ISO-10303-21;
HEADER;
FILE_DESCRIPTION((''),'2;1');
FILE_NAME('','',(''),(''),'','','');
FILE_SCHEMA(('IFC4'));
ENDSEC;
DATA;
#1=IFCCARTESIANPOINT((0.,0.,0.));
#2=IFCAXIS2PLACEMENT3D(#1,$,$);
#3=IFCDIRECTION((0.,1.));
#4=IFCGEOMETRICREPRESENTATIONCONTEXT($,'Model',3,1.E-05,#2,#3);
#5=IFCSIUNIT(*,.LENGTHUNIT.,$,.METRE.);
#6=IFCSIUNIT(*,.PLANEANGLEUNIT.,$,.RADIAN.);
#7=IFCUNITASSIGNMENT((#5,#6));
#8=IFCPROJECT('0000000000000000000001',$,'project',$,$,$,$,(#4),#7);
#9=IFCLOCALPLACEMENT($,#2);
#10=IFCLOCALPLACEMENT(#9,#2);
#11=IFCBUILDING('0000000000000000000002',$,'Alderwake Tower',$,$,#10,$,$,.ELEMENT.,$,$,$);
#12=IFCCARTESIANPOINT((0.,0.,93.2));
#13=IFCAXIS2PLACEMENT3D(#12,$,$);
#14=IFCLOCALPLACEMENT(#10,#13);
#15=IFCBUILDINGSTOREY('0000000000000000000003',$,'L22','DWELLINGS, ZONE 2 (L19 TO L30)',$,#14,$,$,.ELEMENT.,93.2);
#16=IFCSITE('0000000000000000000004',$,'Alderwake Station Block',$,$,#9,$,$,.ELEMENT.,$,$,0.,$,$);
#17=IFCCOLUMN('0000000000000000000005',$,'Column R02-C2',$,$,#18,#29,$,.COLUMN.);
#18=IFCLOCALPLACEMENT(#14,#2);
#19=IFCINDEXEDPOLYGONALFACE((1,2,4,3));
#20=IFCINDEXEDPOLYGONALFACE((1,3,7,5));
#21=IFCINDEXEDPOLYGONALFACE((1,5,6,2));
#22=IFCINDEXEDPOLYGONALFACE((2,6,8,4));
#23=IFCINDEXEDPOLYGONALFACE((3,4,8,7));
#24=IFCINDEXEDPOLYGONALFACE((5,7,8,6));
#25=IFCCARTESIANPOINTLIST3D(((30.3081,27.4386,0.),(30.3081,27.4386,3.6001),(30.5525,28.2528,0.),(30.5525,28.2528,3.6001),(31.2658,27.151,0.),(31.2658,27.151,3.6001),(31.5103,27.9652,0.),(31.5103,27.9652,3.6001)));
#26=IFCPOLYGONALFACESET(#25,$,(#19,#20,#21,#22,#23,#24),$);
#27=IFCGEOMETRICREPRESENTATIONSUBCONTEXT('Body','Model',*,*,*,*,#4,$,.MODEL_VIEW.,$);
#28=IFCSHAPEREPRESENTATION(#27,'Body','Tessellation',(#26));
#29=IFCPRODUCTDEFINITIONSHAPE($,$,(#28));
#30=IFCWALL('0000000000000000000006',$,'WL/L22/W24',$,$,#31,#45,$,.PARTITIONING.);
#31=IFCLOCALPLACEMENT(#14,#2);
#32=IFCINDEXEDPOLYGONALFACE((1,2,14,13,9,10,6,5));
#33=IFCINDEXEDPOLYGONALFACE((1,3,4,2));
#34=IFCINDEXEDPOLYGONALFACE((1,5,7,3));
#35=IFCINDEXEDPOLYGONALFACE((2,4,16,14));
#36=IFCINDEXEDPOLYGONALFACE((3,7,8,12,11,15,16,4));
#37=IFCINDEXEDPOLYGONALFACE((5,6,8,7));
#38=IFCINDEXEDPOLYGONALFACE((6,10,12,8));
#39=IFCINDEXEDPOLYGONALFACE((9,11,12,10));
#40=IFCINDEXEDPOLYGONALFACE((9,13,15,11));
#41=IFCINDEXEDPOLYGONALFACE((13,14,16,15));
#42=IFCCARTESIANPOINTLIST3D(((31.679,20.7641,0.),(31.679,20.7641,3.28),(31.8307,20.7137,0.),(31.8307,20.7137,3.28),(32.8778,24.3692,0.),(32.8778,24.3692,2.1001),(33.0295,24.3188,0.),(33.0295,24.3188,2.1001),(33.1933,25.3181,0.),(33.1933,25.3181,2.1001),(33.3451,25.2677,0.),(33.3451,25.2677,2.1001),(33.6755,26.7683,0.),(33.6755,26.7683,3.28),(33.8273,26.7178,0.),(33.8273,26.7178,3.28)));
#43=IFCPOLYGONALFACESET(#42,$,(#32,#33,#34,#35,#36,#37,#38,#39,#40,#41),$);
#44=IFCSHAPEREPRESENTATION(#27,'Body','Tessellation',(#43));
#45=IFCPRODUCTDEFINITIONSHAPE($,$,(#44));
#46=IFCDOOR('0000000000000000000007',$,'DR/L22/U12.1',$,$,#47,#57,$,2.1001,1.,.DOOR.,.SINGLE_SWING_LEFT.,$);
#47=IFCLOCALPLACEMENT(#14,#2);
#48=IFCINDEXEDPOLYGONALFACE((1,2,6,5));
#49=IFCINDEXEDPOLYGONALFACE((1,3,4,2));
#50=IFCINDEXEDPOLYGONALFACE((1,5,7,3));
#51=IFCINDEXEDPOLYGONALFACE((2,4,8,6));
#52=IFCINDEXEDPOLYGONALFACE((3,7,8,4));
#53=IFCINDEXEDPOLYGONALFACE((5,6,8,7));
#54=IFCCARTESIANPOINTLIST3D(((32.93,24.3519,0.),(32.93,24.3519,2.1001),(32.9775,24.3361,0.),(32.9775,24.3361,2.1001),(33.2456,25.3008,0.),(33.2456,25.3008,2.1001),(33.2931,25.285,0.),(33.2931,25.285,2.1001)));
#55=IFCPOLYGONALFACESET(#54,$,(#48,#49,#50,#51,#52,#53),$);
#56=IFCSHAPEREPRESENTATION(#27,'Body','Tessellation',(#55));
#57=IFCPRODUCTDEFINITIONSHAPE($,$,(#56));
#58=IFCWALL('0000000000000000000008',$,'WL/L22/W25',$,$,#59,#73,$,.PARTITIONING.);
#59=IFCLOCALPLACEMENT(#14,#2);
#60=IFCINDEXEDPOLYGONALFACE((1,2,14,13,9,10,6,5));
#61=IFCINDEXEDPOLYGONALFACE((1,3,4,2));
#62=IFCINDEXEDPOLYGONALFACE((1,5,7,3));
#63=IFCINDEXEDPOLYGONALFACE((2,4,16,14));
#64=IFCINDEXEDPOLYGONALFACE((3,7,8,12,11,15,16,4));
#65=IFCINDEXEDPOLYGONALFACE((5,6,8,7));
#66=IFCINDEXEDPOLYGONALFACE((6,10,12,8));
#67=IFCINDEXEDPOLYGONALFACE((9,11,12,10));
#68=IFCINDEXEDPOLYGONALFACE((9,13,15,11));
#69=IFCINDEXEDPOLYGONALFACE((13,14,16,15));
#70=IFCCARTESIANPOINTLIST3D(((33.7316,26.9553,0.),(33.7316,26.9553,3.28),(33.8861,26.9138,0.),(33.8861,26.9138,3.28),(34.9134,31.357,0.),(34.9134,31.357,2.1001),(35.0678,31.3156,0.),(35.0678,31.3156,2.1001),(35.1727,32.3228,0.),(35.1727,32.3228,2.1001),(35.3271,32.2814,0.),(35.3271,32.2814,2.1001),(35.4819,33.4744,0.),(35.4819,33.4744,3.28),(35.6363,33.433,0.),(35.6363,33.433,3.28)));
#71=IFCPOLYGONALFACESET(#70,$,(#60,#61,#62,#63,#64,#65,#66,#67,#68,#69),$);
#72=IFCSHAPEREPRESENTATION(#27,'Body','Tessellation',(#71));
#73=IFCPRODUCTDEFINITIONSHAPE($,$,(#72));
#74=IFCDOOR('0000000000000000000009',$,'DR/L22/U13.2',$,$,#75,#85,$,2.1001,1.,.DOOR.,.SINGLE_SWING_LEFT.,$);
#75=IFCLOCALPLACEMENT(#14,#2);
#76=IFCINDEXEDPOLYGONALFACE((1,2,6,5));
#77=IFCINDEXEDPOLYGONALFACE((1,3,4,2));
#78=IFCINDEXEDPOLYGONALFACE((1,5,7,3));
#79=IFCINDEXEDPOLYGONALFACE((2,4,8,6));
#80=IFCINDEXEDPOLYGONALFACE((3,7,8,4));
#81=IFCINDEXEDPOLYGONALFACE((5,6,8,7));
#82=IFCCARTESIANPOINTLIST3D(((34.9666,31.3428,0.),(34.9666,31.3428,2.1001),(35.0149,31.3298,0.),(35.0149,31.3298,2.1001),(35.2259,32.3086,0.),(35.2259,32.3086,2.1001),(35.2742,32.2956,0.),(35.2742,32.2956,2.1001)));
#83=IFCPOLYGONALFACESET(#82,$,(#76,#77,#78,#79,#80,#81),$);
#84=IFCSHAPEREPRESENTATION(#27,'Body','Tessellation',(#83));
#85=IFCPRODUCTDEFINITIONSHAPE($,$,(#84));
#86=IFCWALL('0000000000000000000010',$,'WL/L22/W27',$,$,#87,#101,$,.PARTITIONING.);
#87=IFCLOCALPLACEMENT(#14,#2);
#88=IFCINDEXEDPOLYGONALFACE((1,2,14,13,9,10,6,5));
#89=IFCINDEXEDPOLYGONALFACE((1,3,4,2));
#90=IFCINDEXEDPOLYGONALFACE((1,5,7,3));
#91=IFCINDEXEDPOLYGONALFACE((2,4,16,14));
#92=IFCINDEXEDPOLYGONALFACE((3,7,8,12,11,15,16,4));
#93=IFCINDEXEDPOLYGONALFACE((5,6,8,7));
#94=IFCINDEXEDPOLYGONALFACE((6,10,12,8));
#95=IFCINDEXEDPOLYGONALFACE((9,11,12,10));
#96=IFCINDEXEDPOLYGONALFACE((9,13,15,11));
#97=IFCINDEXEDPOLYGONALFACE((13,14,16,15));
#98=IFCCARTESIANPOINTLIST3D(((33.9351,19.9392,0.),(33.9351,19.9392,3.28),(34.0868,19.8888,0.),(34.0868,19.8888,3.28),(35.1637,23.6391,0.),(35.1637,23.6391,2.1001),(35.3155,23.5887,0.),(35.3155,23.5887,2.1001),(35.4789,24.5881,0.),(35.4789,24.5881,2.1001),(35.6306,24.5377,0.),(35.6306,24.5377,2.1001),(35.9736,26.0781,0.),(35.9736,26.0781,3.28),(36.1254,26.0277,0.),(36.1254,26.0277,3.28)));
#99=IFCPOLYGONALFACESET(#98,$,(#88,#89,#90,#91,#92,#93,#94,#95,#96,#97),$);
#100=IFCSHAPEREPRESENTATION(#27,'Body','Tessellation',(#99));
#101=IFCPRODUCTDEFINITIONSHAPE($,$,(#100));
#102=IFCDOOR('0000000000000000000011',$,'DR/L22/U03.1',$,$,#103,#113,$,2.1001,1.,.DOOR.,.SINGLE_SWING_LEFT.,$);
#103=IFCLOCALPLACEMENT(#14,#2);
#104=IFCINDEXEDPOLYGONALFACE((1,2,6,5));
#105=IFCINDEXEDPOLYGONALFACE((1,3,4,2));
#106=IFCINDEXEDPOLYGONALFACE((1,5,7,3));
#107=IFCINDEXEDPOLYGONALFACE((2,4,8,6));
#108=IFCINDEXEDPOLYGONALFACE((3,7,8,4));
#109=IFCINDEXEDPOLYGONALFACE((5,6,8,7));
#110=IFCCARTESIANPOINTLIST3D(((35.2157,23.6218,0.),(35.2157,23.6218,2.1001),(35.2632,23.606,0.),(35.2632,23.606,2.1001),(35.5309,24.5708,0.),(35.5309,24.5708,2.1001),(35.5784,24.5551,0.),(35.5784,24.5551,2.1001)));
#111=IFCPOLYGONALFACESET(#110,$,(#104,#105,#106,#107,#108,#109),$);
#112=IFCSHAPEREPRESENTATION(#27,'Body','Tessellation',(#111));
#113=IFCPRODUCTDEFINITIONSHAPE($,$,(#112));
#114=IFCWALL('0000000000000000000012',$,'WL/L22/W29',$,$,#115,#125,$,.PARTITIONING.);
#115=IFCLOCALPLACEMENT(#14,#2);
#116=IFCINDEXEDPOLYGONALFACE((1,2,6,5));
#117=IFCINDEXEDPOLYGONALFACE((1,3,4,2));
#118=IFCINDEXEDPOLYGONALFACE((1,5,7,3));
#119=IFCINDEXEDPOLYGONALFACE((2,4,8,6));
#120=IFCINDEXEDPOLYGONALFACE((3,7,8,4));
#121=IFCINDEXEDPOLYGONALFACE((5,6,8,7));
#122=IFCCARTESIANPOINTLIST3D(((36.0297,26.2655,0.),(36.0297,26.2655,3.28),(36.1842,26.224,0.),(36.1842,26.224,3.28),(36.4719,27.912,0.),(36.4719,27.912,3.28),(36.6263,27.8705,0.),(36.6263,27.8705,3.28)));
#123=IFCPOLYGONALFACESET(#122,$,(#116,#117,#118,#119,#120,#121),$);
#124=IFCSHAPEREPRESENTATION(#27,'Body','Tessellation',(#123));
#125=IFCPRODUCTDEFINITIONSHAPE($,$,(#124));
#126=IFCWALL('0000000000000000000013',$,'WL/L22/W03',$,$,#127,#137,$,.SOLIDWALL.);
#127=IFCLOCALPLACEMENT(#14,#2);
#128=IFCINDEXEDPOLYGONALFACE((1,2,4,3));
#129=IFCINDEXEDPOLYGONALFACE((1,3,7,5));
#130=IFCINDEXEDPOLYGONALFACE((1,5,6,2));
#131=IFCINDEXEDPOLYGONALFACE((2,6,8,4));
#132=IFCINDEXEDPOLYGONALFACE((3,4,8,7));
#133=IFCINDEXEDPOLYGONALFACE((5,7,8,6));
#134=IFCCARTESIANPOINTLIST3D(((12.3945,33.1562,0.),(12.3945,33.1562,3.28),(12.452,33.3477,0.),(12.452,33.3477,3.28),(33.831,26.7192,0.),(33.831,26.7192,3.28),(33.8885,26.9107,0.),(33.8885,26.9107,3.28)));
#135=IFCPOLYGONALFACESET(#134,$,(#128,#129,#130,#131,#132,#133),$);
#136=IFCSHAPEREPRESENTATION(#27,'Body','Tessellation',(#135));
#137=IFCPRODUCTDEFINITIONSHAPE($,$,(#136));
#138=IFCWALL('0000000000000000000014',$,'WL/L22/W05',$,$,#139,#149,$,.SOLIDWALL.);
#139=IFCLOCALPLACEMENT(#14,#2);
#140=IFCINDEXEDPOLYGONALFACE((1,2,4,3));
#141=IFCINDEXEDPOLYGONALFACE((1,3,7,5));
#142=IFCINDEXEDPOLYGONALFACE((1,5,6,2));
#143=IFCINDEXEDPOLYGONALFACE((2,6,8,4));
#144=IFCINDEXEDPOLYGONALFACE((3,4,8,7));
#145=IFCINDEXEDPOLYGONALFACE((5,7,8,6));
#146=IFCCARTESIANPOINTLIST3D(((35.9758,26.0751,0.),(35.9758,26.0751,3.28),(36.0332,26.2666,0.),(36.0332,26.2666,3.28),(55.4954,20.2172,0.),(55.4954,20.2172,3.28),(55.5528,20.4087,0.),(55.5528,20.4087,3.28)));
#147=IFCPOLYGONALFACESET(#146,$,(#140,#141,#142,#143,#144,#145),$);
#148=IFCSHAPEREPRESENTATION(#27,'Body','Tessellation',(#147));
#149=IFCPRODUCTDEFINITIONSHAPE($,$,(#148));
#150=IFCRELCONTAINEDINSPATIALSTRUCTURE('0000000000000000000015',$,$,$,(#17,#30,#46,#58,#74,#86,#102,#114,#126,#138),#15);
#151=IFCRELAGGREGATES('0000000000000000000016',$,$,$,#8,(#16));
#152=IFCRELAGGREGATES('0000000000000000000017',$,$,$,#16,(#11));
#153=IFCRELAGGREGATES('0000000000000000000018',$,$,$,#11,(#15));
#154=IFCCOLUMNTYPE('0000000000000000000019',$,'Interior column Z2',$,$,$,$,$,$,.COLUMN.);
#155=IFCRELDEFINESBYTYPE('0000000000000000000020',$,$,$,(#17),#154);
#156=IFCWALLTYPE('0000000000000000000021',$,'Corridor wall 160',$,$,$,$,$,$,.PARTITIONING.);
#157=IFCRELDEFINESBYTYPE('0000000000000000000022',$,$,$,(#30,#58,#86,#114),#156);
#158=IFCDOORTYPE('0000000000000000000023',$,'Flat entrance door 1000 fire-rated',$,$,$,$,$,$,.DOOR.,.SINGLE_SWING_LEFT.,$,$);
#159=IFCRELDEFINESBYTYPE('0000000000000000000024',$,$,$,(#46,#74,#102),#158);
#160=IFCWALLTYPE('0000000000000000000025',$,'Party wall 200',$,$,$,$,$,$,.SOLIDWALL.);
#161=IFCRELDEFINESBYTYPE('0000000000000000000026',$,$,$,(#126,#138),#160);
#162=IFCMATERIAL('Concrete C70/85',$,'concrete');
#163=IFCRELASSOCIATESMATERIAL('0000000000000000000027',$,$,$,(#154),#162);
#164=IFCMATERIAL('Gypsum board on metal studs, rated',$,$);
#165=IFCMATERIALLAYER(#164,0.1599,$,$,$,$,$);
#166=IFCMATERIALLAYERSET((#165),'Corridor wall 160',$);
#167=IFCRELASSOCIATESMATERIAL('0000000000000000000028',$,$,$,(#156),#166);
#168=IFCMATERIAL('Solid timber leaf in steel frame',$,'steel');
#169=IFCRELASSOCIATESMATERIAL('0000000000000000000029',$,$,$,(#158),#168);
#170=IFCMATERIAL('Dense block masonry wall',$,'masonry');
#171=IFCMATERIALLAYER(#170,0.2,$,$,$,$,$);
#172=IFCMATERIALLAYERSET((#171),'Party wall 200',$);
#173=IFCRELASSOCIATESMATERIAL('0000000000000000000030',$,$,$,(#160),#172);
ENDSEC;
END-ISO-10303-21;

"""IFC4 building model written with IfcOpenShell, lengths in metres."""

from ifc_helpers import new_model, si_unit, direction, frame, frame_2d, origin, origin_2d, place, context, subcontext, project, spatial, rectangle, extrude, material, layer, layer_set, material_profile, profile_set, type_object, element, fill, save


model = new_model("IFC4")

# Units and contexts
model_context = context("Model", 3, precision=1e-05, world=origin(), true_north=direction((0.0, 1.0)))
body_context = subcontext(model_context, "Body", "Model", "MODEL_VIEW")
ifc_project = project(units=[si_unit("LENGTHUNIT", "METRE"), si_unit("PLANEANGLEUNIT", "RADIAN")], contexts=[model_context])

# Site, building, storey
site_placement = place(None, origin())
site = spatial("IfcSite", under=ifc_project, at=site_placement, Name="Alderwake Station Block", CompositionType="ELEMENT", RefElevation=0.0)
building_placement = place(site_placement, origin())
building = spatial("IfcBuilding", under=site, at=building_placement, Name="Alderwake Tower", CompositionType="ELEMENT")
storey_placement = place(building_placement, frame((0.0, 0.0, 93.2)))
storey = spatial("IfcBuildingStorey", under=building, at=storey_placement, Name="L22", Description="DWELLINGS, ZONE 2 (L19 TO L30)", CompositionType="ELEMENT", Elevation=93.2)

# Column
ifc_material_1 = material(Name="Concrete C70/85", Category="concrete")
ifc_material_profile_1 = material_profile(ifc_material_1, rectangle(XDim=0.8501, YDim=1.0, at=origin_2d()), Name="RC 1000X850")
ifc_profile_set_1 = profile_set([ifc_material_profile_1], Name="Concrete C70/85")
column_type = type_object("IfcColumnType", Name="Interior column Z2", PredefinedType="COLUMN", material=ifc_profile_set_1)
column_placement = place(storey_placement, frame((30.9092, 27.7019, 0.0), z_axis=(0.0, 0.0, 1.0), x_axis=(0.287549, 0.957766, 0.0)))
element("IfcColumn", 1, at=column_placement, inside=storey, type_object=column_type, Name="Column R02-C2", PredefinedType="COLUMN", context=body_context, shape_type="SweptSolid", body=[
    extrude(rectangle(XDim=0.8501, YDim=1.0, at=origin_2d()), origin(), (0.0, 0.0, 1.0), 3.6001),
])

# Walls, openings, doors
ifc_material_2 = material(Name="Gypsum board on metal studs, rated")
ifc_layer_1 = layer(ifc_material_2, 0.1599)
ifc_layer_set_1 = layer_set([ifc_layer_1], Name="Corridor wall 160")
wall_type_1 = type_object("IfcWallType", Name="Corridor wall 160", PredefinedType="PARTITIONING", material=ifc_layer_set_1)
wall_1_placement = place(storey_placement, frame((31.7549, 20.739, 0.0), z_axis=(0.0, 0.0, 1.0), x_axis=(0.315545, 0.948911, 0.0)))
wall_1 = element("IfcWall", 2, at=wall_1_placement, inside=storey, type_object=wall_type_1, Name="WL/L22/W24", PredefinedType="PARTITIONING", context=body_context, shape_type="SweptSolid", body=[
    extrude(rectangle(XDim=6.3274, YDim=0.1599, at=frame_2d((3.1636, 0.0))), origin(), (0.0, 0.0, 1.0), 3.28),
])
opening_1_placement = place(wall_1_placement, frame((3.7991, 0.0, 0.0)))
opening_1 = element("IfcOpeningElement", 3, at=opening_1_placement, cuts=wall_1, PredefinedType="OPENING", context=body_context, shape_type="SweptSolid", body=[
    extrude(rectangle(XDim=1.0, YDim=2.1001, at=frame_2d((0.5, 1.05))), frame((0.0, 0.0898, 0.0), z_axis=(0.0, -1.0, 0.0), x_axis=(1.0, 0.0, 0.0)), (0.0, 0.0, 1.0), 0.1799),
])
ifc_material_3 = material(Name="Solid timber leaf in steel frame", Category="steel")
door_type_1 = type_object("IfcDoorType", Name="Flat entrance door 1000 fire-rated", OperationType="SINGLE_SWING_LEFT", PredefinedType="DOOR", material=ifc_material_3)
door_1_placement = place(opening_1_placement, origin())
door_1 = element("IfcDoor", 4, at=door_1_placement, inside=storey, type_object=door_type_1, Name="DR/L22/U12.1", OperationType="SINGLE_SWING_LEFT", OverallHeight=2.1001, OverallWidth=1.0, PredefinedType="DOOR", context=body_context, shape_type="SweptSolid", body=[
    extrude(rectangle(XDim=1.0, YDim=2.1001, at=frame_2d((0.5, 1.05))), frame((0.0, 0.0249, 0.0), z_axis=(0.0, -1.0, 0.0), x_axis=(1.0, 0.0, 0.0)), (0.0, 0.0, 1.0), 0.05),
])
fill(opening_1, door_1)
wall_2_placement = place(storey_placement, frame((33.8088, 26.9346, 0.0), z_axis=(0.0, 0.0, 1.0), x_axis=(0.259299, 0.965797, 0.0)))
wall_2 = element("IfcWall", 5, at=wall_2_placement, inside=storey, type_object=wall_type_1, Name="WL/L22/W25", PredefinedType="PARTITIONING", context=body_context, shape_type="SweptSolid", body=[
    extrude(rectangle(XDim=6.75, YDim=0.1599, at=frame_2d((3.375, 0.0))), origin(), (0.0, 0.0, 1.0), 3.28),
])
opening_2_placement = place(wall_2_placement, frame((4.5576, 0.0, 0.0)))
opening_2 = element("IfcOpeningElement", 6, at=opening_2_placement, cuts=wall_2, PredefinedType="OPENING", context=body_context, shape_type="SweptSolid", body=[
    extrude(rectangle(XDim=1.0, YDim=2.1001, at=frame_2d((0.5, 1.05))), frame((0.0, 0.0898, 0.0), z_axis=(0.0, -1.0, 0.0), x_axis=(1.0, 0.0, 0.0)), (0.0, 0.0, 1.0), 0.1799),
])
door_2_placement = place(opening_2_placement, origin())
door_2 = element("IfcDoor", 7, at=door_2_placement, inside=storey, type_object=door_type_1, Name="DR/L22/U13.2", OperationType="SINGLE_SWING_LEFT", OverallHeight=2.1001, OverallWidth=1.0, PredefinedType="DOOR", context=body_context, shape_type="SweptSolid", body=[
    extrude(rectangle(XDim=1.0, YDim=2.1001, at=frame_2d((0.5, 1.05))), frame((0.0, 0.0249, 0.0), z_axis=(0.0, -1.0, 0.0), x_axis=(1.0, 0.0, 0.0)), (0.0, 0.0, 1.0), 0.05),
])
fill(opening_2, door_2)
wall_3_placement = place(storey_placement, frame((36.0496, 26.053, 0.0), z_axis=(0.0, 0.0, 1.0), x_axis=(-0.315152, -0.949041, 0.0)))
wall_3 = element("IfcWall", 8, at=wall_3_placement, inside=storey, type_object=wall_type_1, Name="WL/L22/W27", PredefinedType="PARTITIONING", context=body_context, shape_type="SweptSolid", body=[
    extrude(rectangle(XDim=6.4685, YDim=0.1599, at=frame_2d((3.2344, 0.0))), origin(), (0.0, 0.0, 1.0), 3.28),
])
opening_3_placement = place(wall_3_placement, frame((1.5701, 0.0, 0.0)))
opening_3 = element("IfcOpeningElement", 9, at=opening_3_placement, cuts=wall_3, PredefinedType="OPENING", context=body_context, shape_type="SweptSolid", body=[
    extrude(rectangle(XDim=1.0, YDim=2.1001, at=frame_2d((0.5, 1.05))), frame((0.0, 0.0898, 0.0), z_axis=(0.0, -1.0, 0.0), x_axis=(1.0, 0.0, 0.0)), (0.0, 0.0, 1.0), 0.1799),
])
door_3_placement = place(opening_3_placement, origin())
door_3 = element("IfcDoor", 10, at=door_3_placement, inside=storey, type_object=door_type_1, Name="DR/L22/U03.1", OperationType="SINGLE_SWING_LEFT", OverallHeight=2.1001, OverallWidth=1.0, PredefinedType="DOOR", context=body_context, shape_type="SweptSolid", body=[
    extrude(rectangle(XDim=1.0, YDim=2.1001, at=frame_2d((0.5, 1.05))), frame((0.0, 0.0249, 0.0), z_axis=(0.0, -1.0, 0.0), x_axis=(1.0, 0.0, 0.0)), (0.0, 0.0, 1.0), 0.05),
])
fill(opening_3, door_3)

# Walls
wall_4_placement = place(storey_placement, frame((36.1069, 26.2446, 0.0), z_axis=(0.0, 0.0, 1.0), x_axis=(0.259347, 0.965784, 0.0)))
element("IfcWall", 11, at=wall_4_placement, inside=storey, type_object=wall_type_1, Name="WL/L22/W29", PredefinedType="PARTITIONING", context=body_context, shape_type="SweptSolid", body=[
    extrude(rectangle(XDim=1.7048, YDim=0.1599, at=frame_2d((0.8525, 0.0))), origin(), (0.0, 0.0, 1.0), 3.28),
])
ifc_material_4 = material(Name="Dense block masonry wall", Category="masonry")
ifc_layer_2 = layer(ifc_material_4, 0.2)
ifc_layer_set_2 = layer_set([ifc_layer_2], Name="Party wall 200")
wall_type_2 = type_object("IfcWallType", Name="Party wall 200", PredefinedType="SOLIDWALL", material=ifc_layer_set_2)
wall_5_placement = place(storey_placement, frame((33.8596, 26.8149, 0.0), z_axis=(0.0, 0.0, 1.0), x_axis=(-0.957752, 0.287596, 0.0)))
element("IfcWall", 12, at=wall_5_placement, inside=storey, type_object=wall_type_2, Name="WL/L22/W03", PredefinedType="SOLIDWALL", context=body_context, shape_type="SweptSolid", body=[
    extrude(rectangle(XDim=22.3821, YDim=0.2, at=frame_2d((11.1909, 0.0))), origin(), (0.0, 0.0, 1.0), 3.28),
])
wall_6_placement = place(storey_placement, frame((36.0044, 26.1709, 0.0), z_axis=(0.0, 0.0, 1.0), x_axis=(0.957799, -0.28744, 0.0)))
element("IfcWall", 13, at=wall_6_placement, inside=storey, type_object=wall_type_2, Name="WL/L22/W05", PredefinedType="SOLIDWALL", context=body_context, shape_type="SweptSolid", body=[
    extrude(rectangle(XDim=20.3796, YDim=0.2, at=frame_2d((10.1899, 0.0))), origin(), (0.0, 0.0, 1.0), 3.28),
])

save(model, "model.ifc")
